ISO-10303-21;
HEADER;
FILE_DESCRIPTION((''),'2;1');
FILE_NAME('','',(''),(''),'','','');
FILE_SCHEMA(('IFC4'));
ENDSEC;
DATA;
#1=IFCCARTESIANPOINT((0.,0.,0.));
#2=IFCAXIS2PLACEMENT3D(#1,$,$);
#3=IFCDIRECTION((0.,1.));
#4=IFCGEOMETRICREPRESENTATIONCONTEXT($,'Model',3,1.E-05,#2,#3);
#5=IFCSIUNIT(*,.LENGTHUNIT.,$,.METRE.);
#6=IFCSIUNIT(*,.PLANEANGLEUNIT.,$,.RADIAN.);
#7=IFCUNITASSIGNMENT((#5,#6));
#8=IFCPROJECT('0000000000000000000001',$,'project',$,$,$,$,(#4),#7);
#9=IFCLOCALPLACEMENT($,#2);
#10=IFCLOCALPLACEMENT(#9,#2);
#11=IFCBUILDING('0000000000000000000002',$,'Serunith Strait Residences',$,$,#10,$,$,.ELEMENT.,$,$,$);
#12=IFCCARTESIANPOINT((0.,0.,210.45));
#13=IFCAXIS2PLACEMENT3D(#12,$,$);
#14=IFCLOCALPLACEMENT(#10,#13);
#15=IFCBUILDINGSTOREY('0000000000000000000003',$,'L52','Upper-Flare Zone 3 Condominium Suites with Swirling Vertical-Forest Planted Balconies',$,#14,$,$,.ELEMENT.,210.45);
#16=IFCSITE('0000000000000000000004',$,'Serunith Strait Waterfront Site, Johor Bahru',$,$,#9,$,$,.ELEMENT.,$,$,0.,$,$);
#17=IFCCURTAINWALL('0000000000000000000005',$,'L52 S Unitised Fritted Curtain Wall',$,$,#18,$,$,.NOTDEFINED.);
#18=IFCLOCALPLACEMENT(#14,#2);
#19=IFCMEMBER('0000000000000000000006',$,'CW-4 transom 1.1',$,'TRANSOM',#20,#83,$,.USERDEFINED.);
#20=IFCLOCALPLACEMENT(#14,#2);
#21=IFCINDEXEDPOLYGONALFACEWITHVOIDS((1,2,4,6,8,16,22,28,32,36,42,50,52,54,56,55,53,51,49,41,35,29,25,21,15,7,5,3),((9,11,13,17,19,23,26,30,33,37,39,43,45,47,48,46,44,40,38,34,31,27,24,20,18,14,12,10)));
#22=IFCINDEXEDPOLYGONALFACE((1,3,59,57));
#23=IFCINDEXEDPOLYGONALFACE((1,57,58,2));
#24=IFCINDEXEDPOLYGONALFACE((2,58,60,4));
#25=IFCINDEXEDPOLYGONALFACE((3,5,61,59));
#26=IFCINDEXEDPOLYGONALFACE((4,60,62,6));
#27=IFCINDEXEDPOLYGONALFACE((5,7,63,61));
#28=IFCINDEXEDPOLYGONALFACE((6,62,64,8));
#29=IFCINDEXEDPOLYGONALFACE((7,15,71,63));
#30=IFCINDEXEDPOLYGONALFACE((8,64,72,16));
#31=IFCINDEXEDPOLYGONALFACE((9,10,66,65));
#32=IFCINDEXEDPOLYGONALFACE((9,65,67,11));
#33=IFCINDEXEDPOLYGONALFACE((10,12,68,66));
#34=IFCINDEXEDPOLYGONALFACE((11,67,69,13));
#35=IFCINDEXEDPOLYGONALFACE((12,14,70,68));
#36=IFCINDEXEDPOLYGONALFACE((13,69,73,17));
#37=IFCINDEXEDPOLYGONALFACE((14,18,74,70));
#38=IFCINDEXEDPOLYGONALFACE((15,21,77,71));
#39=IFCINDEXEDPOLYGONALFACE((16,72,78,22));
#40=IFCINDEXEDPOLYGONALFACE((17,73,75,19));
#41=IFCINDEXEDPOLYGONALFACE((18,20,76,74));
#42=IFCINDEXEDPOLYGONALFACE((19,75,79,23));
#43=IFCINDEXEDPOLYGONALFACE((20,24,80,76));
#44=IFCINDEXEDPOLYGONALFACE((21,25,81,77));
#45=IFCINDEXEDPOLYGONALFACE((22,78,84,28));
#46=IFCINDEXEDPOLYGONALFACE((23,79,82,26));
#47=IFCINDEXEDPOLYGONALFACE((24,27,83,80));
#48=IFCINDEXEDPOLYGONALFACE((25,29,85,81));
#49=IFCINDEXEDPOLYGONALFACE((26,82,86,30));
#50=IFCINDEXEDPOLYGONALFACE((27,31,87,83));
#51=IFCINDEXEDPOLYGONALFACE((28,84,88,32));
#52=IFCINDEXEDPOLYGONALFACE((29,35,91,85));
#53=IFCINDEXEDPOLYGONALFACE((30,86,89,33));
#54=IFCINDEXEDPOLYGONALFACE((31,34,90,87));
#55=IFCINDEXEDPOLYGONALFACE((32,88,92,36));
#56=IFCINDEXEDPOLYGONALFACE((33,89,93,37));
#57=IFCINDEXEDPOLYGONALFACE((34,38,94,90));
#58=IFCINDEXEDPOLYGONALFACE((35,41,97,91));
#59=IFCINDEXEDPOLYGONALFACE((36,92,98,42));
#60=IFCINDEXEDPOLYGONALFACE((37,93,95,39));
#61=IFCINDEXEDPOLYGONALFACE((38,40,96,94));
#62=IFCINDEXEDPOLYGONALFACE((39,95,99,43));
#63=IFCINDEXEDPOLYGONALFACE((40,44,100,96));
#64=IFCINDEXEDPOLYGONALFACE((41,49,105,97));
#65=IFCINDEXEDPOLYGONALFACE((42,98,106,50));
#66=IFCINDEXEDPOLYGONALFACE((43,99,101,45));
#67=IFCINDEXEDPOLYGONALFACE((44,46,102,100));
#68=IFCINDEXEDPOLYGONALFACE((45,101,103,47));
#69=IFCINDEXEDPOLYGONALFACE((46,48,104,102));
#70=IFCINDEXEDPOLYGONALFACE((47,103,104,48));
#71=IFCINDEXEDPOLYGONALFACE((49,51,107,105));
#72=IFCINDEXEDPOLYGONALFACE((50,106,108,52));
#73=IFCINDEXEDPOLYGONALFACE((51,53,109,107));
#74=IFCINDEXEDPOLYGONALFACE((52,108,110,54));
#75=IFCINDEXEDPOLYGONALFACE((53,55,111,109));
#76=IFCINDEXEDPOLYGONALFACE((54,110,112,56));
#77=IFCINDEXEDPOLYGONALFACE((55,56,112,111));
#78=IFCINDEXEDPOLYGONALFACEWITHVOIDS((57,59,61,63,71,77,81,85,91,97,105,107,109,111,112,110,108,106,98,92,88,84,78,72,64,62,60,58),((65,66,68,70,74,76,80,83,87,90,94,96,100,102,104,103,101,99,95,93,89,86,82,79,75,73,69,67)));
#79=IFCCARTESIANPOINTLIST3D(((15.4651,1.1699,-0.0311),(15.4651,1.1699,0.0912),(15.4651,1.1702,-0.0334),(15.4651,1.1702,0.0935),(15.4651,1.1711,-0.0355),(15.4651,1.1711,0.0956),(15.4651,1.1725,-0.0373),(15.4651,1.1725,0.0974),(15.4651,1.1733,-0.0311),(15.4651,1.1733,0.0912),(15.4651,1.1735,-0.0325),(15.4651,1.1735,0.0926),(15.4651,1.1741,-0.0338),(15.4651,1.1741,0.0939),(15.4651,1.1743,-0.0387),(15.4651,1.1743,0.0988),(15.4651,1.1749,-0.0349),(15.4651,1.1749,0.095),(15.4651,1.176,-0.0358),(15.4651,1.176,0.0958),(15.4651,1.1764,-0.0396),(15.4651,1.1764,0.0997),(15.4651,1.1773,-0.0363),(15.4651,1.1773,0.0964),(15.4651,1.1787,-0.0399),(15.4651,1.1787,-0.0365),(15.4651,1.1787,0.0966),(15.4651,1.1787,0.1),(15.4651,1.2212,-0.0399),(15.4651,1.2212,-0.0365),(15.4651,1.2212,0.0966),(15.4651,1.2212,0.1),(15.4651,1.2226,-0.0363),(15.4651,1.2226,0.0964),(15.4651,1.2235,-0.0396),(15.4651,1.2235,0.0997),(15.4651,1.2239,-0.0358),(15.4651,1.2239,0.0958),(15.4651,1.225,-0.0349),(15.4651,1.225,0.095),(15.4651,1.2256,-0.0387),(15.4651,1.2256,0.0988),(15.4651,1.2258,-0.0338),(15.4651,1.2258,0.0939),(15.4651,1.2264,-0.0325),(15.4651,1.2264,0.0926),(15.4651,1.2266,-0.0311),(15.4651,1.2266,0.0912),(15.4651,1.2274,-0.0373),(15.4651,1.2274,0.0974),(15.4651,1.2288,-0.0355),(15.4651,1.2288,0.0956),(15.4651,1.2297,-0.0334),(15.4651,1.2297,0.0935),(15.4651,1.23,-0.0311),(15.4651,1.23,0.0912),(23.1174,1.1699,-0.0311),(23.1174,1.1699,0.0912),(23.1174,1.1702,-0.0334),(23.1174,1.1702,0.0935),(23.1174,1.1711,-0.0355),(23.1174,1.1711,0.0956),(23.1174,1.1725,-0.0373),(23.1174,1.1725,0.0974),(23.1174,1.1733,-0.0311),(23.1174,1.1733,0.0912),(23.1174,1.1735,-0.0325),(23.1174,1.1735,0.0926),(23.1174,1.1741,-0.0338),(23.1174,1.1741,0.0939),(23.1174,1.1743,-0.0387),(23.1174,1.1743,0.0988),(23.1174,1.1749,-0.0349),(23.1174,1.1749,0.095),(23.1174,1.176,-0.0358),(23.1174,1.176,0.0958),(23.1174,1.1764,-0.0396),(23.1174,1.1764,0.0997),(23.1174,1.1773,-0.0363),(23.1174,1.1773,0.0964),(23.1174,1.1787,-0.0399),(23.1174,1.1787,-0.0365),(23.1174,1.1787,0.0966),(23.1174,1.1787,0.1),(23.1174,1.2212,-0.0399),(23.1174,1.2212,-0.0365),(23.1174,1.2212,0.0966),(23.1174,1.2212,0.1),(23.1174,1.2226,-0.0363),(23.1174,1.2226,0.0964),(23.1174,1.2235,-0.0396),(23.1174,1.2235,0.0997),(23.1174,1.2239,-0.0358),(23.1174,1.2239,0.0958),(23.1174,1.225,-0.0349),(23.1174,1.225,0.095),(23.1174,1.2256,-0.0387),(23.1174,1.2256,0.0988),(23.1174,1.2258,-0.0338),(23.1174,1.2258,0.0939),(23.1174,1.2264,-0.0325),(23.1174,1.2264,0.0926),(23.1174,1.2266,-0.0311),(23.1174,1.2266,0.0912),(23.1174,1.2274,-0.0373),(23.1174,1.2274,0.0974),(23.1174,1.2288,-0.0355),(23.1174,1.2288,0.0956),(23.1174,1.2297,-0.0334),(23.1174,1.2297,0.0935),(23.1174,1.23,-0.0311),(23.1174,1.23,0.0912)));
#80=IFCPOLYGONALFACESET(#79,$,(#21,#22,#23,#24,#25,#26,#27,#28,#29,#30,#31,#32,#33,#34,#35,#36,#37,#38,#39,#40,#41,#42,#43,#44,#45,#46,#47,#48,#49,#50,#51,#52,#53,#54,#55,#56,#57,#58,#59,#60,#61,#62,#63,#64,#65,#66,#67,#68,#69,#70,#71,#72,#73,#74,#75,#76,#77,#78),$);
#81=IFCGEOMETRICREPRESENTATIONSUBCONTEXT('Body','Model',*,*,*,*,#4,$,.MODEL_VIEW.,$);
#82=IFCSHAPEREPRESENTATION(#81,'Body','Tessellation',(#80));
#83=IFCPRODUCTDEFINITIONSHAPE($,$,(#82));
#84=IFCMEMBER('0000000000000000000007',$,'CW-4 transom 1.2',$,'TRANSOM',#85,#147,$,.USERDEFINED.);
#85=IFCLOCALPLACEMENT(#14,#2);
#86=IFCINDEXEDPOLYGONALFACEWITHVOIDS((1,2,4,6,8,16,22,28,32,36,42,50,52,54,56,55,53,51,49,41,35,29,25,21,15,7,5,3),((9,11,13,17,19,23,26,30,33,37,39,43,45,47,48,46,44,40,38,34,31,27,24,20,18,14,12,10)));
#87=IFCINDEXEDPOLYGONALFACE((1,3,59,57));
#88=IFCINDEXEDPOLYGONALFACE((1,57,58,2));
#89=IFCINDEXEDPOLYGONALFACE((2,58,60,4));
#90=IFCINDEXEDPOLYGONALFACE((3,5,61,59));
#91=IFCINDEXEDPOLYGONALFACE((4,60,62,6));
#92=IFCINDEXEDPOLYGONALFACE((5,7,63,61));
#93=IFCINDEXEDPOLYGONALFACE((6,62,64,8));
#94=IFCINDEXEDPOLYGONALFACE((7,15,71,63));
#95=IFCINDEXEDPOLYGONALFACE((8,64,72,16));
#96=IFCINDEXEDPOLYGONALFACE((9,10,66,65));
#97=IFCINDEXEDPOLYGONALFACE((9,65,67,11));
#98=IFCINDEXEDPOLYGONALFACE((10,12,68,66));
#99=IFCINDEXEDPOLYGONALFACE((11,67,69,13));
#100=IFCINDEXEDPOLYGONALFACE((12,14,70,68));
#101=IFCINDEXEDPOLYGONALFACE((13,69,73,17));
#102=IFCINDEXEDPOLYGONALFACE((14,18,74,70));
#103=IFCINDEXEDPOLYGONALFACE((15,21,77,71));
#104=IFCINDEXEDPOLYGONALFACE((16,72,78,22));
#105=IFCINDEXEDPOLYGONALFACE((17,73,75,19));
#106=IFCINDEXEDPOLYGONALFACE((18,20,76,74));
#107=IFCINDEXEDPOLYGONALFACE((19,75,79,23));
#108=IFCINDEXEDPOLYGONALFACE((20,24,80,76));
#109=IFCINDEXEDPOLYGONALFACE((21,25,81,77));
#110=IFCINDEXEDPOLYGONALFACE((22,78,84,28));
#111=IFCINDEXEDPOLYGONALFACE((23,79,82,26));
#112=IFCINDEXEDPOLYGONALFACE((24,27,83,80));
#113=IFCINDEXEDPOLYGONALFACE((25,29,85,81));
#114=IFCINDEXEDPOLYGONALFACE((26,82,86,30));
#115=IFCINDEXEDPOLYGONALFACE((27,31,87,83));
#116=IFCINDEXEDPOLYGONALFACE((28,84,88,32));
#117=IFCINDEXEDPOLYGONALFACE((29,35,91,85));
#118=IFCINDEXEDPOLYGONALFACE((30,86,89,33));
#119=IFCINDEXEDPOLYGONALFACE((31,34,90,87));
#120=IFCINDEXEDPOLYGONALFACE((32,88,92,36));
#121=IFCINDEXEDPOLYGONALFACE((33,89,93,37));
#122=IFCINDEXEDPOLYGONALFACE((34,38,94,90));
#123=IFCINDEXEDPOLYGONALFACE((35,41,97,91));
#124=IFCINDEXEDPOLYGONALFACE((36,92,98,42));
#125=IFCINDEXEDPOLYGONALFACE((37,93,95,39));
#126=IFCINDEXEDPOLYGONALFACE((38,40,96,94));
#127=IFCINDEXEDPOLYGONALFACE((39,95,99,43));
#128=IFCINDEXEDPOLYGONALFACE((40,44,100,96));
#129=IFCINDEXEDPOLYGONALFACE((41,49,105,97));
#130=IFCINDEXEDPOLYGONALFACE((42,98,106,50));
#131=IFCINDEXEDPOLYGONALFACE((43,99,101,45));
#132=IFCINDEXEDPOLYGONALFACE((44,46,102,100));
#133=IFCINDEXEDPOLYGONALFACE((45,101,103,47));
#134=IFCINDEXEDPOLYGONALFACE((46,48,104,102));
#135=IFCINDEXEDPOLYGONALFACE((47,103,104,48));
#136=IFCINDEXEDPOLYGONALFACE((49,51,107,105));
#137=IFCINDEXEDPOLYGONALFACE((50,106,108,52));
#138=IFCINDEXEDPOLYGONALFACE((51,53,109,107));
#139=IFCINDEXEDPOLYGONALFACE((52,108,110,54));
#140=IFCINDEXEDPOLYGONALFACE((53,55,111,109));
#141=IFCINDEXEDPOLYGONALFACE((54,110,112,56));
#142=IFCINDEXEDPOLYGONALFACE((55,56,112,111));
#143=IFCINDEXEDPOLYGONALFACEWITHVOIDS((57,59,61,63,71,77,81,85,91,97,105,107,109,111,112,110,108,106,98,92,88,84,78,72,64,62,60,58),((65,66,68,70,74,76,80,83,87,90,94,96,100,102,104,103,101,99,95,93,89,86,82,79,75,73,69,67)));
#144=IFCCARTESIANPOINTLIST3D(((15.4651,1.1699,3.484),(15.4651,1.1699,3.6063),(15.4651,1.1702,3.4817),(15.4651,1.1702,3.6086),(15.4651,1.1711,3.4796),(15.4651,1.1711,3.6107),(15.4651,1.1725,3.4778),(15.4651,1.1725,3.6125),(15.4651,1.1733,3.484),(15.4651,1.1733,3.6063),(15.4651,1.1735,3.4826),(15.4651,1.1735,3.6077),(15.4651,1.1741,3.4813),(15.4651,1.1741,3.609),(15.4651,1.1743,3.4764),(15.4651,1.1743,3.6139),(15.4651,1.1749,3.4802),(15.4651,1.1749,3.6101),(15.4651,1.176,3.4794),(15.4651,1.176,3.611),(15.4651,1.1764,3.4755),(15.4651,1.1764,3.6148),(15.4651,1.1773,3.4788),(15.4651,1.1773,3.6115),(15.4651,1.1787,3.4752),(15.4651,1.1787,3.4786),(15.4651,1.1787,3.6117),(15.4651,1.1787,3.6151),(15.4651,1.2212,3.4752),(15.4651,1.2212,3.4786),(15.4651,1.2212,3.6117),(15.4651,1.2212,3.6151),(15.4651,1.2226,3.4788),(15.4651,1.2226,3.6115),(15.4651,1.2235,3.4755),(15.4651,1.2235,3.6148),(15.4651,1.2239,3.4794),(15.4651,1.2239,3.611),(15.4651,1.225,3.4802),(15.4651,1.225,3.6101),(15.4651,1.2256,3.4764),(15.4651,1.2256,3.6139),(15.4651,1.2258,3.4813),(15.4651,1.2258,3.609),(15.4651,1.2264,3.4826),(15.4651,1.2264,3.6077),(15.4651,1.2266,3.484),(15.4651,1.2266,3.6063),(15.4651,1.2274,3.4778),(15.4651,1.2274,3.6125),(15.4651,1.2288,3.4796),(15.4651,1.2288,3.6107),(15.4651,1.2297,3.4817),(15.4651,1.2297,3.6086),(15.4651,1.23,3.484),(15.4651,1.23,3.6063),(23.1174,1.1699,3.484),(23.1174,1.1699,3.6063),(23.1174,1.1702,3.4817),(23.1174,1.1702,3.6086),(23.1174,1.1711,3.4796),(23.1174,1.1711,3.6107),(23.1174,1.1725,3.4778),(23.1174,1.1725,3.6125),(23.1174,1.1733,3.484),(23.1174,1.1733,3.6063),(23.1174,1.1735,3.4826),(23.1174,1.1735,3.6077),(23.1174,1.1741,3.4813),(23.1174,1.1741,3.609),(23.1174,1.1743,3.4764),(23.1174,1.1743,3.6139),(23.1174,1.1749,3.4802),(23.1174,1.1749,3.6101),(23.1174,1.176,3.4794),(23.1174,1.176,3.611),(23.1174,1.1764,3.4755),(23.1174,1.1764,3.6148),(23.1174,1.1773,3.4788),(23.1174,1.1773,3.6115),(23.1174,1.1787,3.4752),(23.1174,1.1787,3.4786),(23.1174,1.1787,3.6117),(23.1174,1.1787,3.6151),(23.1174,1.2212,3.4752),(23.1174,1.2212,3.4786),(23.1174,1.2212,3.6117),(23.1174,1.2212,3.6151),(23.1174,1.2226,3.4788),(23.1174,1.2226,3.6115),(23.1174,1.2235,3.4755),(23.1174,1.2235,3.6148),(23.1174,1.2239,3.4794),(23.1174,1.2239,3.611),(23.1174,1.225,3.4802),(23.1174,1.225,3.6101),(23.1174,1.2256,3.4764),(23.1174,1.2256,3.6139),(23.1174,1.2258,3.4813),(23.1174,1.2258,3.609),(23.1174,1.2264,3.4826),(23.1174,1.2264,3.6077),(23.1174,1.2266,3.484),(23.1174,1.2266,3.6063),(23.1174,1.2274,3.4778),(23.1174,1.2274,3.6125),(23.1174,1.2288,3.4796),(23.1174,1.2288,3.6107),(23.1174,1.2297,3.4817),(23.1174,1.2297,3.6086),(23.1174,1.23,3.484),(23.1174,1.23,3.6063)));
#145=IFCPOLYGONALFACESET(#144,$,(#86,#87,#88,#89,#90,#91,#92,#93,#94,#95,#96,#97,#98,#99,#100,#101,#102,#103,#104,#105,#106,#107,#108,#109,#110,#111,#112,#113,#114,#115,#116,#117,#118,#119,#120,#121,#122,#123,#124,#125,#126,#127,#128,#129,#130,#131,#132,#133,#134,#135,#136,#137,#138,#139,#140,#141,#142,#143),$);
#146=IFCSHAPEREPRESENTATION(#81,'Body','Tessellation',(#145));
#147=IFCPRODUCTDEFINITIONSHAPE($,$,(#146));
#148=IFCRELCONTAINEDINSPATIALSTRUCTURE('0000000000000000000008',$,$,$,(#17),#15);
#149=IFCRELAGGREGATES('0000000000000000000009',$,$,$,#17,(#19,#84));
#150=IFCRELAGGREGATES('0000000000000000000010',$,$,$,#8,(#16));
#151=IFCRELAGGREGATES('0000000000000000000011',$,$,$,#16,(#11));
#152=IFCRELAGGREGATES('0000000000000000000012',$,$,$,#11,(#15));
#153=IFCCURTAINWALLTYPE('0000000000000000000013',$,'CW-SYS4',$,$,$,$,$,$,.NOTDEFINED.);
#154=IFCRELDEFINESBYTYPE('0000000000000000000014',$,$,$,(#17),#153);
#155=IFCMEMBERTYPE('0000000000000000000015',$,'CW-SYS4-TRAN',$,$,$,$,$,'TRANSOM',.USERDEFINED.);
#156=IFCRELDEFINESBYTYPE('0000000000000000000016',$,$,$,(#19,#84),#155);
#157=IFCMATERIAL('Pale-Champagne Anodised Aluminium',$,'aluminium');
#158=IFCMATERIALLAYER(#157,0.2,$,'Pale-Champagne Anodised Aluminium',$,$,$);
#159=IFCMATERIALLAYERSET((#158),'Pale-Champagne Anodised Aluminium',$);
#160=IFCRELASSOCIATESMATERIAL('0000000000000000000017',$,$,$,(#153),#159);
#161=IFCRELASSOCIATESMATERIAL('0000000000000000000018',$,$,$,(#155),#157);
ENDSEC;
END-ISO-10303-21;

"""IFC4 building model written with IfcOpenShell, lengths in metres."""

from ifc_helpers import new_model, si_unit, direction, frame, origin, origin_2d, place, context, subcontext, project, spatial, hollow_rectangle, extrude, source, transform, mapped, material, layer, layer_set, material_profile, profile_set, type_object, element, aggregate, save


model = new_model("IFC4")

# Units and contexts
model_context = context("Model", 3, precision=1e-05, world=origin(), true_north=direction((0.0, 1.0)))
body_context = subcontext(model_context, "Body", "Model", "MODEL_VIEW")
ifc_project = project(units=[si_unit("LENGTHUNIT", "METRE"), si_unit("PLANEANGLEUNIT", "RADIAN")], contexts=[model_context])

# Site, building, storey
site_placement = place(None, origin())
site = spatial("IfcSite", under=ifc_project, at=site_placement, Name="Serunith Strait Waterfront Site, Johor Bahru", CompositionType="ELEMENT", RefElevation=0.0)
building_placement = place(site_placement, origin())
building = spatial("IfcBuilding", under=site, at=building_placement, Name="Serunith Strait Residences", CompositionType="ELEMENT")
storey_placement = place(building_placement, frame((0.0, 0.0, 210.45)))
storey = spatial("IfcBuildingStorey", under=building, at=storey_placement, Name="L52", Description="Upper-Flare Zone 3 Condominium Suites with Swirling Vertical-Forest Planted Balconies", CompositionType="ELEMENT", Elevation=210.45)

# Curtain wall
ifc_material_1 = material(Name="Pale-Champagne Anodised Aluminium", Category="aluminium")
ifc_layer_1 = layer(ifc_material_1, 0.2, Name="Pale-Champagne Anodised Aluminium")
ifc_layer_set_1 = layer_set([ifc_layer_1], Name="Pale-Champagne Anodised Aluminium")
curtain_wall_type = type_object("IfcCurtainWallType", Name="CW-SYS4", PredefinedType="NOTDEFINED", material=ifc_layer_set_1)
curtain_wall_1_placement = place(storey_placement, origin())
curtain_wall_1 = element("IfcCurtainWall", 1, at=curtain_wall_1_placement, inside=storey, type_object=curtain_wall_type, Name="L52 S Unitised Fritted Curtain Wall", PredefinedType="NOTDEFINED")

# Members
ifc_material_profile_1 = material_profile(ifc_material_1, hollow_rectangle(XDim=0.0601, YDim=0.1399, WallThickness=0.0034, InnerFilletRadius=0.0054, OuterFilletRadius=0.0088, at=origin_2d()), Name="ALU 140x60x3.5")
ifc_profile_set_1 = profile_set([ifc_material_profile_1], Name="Pale-Champagne Anodised Aluminium")
member_type_1 = type_object("IfcMemberType", Name="CW-SYS4-TRAN", ElementType="TRANSOM", PredefinedType="USERDEFINED", material=ifc_profile_set_1)
shared_shape_1 = source(origin(), body_context, "Body", "SweptSolid", [
    extrude(hollow_rectangle(XDim=0.0601, YDim=0.1399, WallThickness=0.0034, InnerFilletRadius=0.0054, OuterFilletRadius=0.0088, at=origin_2d()), origin(), (0.0, 0.0, 1.0), 7.6523),
])
member_1_placement = place(storey_placement, frame((15.4651, 1.2, 0.03), z_axis=(1.0, 0.0, 0.0), x_axis=(0.0, 1.0, 0.0)))
member_1 = element("IfcMember", 2, at=member_1_placement, type_object=member_type_1, Name="CW-4 transom 1.1", ObjectType="TRANSOM", PredefinedType="USERDEFINED", context=body_context, shape_type="MappedRepresentation", body=[
    mapped(shared_shape_1, transform((0.0, 0.0, 0.0), scale=1.0)),
])
member_2_placement = place(storey_placement, frame((15.4651, 1.2, 3.5452), z_axis=(1.0, 0.0, 0.0), x_axis=(0.0, 1.0, 0.0)))
member_2 = element("IfcMember", 3, at=member_2_placement, type_object=member_type_1, Name="CW-4 transom 1.2", ObjectType="TRANSOM", PredefinedType="USERDEFINED", context=body_context, shape_type="MappedRepresentation", body=[
    mapped(shared_shape_1, transform((0.0, 0.0, 0.0), scale=1.0)),
])
aggregate(curtain_wall_1, [member_1, member_2])

save(model, "model.ifc")
